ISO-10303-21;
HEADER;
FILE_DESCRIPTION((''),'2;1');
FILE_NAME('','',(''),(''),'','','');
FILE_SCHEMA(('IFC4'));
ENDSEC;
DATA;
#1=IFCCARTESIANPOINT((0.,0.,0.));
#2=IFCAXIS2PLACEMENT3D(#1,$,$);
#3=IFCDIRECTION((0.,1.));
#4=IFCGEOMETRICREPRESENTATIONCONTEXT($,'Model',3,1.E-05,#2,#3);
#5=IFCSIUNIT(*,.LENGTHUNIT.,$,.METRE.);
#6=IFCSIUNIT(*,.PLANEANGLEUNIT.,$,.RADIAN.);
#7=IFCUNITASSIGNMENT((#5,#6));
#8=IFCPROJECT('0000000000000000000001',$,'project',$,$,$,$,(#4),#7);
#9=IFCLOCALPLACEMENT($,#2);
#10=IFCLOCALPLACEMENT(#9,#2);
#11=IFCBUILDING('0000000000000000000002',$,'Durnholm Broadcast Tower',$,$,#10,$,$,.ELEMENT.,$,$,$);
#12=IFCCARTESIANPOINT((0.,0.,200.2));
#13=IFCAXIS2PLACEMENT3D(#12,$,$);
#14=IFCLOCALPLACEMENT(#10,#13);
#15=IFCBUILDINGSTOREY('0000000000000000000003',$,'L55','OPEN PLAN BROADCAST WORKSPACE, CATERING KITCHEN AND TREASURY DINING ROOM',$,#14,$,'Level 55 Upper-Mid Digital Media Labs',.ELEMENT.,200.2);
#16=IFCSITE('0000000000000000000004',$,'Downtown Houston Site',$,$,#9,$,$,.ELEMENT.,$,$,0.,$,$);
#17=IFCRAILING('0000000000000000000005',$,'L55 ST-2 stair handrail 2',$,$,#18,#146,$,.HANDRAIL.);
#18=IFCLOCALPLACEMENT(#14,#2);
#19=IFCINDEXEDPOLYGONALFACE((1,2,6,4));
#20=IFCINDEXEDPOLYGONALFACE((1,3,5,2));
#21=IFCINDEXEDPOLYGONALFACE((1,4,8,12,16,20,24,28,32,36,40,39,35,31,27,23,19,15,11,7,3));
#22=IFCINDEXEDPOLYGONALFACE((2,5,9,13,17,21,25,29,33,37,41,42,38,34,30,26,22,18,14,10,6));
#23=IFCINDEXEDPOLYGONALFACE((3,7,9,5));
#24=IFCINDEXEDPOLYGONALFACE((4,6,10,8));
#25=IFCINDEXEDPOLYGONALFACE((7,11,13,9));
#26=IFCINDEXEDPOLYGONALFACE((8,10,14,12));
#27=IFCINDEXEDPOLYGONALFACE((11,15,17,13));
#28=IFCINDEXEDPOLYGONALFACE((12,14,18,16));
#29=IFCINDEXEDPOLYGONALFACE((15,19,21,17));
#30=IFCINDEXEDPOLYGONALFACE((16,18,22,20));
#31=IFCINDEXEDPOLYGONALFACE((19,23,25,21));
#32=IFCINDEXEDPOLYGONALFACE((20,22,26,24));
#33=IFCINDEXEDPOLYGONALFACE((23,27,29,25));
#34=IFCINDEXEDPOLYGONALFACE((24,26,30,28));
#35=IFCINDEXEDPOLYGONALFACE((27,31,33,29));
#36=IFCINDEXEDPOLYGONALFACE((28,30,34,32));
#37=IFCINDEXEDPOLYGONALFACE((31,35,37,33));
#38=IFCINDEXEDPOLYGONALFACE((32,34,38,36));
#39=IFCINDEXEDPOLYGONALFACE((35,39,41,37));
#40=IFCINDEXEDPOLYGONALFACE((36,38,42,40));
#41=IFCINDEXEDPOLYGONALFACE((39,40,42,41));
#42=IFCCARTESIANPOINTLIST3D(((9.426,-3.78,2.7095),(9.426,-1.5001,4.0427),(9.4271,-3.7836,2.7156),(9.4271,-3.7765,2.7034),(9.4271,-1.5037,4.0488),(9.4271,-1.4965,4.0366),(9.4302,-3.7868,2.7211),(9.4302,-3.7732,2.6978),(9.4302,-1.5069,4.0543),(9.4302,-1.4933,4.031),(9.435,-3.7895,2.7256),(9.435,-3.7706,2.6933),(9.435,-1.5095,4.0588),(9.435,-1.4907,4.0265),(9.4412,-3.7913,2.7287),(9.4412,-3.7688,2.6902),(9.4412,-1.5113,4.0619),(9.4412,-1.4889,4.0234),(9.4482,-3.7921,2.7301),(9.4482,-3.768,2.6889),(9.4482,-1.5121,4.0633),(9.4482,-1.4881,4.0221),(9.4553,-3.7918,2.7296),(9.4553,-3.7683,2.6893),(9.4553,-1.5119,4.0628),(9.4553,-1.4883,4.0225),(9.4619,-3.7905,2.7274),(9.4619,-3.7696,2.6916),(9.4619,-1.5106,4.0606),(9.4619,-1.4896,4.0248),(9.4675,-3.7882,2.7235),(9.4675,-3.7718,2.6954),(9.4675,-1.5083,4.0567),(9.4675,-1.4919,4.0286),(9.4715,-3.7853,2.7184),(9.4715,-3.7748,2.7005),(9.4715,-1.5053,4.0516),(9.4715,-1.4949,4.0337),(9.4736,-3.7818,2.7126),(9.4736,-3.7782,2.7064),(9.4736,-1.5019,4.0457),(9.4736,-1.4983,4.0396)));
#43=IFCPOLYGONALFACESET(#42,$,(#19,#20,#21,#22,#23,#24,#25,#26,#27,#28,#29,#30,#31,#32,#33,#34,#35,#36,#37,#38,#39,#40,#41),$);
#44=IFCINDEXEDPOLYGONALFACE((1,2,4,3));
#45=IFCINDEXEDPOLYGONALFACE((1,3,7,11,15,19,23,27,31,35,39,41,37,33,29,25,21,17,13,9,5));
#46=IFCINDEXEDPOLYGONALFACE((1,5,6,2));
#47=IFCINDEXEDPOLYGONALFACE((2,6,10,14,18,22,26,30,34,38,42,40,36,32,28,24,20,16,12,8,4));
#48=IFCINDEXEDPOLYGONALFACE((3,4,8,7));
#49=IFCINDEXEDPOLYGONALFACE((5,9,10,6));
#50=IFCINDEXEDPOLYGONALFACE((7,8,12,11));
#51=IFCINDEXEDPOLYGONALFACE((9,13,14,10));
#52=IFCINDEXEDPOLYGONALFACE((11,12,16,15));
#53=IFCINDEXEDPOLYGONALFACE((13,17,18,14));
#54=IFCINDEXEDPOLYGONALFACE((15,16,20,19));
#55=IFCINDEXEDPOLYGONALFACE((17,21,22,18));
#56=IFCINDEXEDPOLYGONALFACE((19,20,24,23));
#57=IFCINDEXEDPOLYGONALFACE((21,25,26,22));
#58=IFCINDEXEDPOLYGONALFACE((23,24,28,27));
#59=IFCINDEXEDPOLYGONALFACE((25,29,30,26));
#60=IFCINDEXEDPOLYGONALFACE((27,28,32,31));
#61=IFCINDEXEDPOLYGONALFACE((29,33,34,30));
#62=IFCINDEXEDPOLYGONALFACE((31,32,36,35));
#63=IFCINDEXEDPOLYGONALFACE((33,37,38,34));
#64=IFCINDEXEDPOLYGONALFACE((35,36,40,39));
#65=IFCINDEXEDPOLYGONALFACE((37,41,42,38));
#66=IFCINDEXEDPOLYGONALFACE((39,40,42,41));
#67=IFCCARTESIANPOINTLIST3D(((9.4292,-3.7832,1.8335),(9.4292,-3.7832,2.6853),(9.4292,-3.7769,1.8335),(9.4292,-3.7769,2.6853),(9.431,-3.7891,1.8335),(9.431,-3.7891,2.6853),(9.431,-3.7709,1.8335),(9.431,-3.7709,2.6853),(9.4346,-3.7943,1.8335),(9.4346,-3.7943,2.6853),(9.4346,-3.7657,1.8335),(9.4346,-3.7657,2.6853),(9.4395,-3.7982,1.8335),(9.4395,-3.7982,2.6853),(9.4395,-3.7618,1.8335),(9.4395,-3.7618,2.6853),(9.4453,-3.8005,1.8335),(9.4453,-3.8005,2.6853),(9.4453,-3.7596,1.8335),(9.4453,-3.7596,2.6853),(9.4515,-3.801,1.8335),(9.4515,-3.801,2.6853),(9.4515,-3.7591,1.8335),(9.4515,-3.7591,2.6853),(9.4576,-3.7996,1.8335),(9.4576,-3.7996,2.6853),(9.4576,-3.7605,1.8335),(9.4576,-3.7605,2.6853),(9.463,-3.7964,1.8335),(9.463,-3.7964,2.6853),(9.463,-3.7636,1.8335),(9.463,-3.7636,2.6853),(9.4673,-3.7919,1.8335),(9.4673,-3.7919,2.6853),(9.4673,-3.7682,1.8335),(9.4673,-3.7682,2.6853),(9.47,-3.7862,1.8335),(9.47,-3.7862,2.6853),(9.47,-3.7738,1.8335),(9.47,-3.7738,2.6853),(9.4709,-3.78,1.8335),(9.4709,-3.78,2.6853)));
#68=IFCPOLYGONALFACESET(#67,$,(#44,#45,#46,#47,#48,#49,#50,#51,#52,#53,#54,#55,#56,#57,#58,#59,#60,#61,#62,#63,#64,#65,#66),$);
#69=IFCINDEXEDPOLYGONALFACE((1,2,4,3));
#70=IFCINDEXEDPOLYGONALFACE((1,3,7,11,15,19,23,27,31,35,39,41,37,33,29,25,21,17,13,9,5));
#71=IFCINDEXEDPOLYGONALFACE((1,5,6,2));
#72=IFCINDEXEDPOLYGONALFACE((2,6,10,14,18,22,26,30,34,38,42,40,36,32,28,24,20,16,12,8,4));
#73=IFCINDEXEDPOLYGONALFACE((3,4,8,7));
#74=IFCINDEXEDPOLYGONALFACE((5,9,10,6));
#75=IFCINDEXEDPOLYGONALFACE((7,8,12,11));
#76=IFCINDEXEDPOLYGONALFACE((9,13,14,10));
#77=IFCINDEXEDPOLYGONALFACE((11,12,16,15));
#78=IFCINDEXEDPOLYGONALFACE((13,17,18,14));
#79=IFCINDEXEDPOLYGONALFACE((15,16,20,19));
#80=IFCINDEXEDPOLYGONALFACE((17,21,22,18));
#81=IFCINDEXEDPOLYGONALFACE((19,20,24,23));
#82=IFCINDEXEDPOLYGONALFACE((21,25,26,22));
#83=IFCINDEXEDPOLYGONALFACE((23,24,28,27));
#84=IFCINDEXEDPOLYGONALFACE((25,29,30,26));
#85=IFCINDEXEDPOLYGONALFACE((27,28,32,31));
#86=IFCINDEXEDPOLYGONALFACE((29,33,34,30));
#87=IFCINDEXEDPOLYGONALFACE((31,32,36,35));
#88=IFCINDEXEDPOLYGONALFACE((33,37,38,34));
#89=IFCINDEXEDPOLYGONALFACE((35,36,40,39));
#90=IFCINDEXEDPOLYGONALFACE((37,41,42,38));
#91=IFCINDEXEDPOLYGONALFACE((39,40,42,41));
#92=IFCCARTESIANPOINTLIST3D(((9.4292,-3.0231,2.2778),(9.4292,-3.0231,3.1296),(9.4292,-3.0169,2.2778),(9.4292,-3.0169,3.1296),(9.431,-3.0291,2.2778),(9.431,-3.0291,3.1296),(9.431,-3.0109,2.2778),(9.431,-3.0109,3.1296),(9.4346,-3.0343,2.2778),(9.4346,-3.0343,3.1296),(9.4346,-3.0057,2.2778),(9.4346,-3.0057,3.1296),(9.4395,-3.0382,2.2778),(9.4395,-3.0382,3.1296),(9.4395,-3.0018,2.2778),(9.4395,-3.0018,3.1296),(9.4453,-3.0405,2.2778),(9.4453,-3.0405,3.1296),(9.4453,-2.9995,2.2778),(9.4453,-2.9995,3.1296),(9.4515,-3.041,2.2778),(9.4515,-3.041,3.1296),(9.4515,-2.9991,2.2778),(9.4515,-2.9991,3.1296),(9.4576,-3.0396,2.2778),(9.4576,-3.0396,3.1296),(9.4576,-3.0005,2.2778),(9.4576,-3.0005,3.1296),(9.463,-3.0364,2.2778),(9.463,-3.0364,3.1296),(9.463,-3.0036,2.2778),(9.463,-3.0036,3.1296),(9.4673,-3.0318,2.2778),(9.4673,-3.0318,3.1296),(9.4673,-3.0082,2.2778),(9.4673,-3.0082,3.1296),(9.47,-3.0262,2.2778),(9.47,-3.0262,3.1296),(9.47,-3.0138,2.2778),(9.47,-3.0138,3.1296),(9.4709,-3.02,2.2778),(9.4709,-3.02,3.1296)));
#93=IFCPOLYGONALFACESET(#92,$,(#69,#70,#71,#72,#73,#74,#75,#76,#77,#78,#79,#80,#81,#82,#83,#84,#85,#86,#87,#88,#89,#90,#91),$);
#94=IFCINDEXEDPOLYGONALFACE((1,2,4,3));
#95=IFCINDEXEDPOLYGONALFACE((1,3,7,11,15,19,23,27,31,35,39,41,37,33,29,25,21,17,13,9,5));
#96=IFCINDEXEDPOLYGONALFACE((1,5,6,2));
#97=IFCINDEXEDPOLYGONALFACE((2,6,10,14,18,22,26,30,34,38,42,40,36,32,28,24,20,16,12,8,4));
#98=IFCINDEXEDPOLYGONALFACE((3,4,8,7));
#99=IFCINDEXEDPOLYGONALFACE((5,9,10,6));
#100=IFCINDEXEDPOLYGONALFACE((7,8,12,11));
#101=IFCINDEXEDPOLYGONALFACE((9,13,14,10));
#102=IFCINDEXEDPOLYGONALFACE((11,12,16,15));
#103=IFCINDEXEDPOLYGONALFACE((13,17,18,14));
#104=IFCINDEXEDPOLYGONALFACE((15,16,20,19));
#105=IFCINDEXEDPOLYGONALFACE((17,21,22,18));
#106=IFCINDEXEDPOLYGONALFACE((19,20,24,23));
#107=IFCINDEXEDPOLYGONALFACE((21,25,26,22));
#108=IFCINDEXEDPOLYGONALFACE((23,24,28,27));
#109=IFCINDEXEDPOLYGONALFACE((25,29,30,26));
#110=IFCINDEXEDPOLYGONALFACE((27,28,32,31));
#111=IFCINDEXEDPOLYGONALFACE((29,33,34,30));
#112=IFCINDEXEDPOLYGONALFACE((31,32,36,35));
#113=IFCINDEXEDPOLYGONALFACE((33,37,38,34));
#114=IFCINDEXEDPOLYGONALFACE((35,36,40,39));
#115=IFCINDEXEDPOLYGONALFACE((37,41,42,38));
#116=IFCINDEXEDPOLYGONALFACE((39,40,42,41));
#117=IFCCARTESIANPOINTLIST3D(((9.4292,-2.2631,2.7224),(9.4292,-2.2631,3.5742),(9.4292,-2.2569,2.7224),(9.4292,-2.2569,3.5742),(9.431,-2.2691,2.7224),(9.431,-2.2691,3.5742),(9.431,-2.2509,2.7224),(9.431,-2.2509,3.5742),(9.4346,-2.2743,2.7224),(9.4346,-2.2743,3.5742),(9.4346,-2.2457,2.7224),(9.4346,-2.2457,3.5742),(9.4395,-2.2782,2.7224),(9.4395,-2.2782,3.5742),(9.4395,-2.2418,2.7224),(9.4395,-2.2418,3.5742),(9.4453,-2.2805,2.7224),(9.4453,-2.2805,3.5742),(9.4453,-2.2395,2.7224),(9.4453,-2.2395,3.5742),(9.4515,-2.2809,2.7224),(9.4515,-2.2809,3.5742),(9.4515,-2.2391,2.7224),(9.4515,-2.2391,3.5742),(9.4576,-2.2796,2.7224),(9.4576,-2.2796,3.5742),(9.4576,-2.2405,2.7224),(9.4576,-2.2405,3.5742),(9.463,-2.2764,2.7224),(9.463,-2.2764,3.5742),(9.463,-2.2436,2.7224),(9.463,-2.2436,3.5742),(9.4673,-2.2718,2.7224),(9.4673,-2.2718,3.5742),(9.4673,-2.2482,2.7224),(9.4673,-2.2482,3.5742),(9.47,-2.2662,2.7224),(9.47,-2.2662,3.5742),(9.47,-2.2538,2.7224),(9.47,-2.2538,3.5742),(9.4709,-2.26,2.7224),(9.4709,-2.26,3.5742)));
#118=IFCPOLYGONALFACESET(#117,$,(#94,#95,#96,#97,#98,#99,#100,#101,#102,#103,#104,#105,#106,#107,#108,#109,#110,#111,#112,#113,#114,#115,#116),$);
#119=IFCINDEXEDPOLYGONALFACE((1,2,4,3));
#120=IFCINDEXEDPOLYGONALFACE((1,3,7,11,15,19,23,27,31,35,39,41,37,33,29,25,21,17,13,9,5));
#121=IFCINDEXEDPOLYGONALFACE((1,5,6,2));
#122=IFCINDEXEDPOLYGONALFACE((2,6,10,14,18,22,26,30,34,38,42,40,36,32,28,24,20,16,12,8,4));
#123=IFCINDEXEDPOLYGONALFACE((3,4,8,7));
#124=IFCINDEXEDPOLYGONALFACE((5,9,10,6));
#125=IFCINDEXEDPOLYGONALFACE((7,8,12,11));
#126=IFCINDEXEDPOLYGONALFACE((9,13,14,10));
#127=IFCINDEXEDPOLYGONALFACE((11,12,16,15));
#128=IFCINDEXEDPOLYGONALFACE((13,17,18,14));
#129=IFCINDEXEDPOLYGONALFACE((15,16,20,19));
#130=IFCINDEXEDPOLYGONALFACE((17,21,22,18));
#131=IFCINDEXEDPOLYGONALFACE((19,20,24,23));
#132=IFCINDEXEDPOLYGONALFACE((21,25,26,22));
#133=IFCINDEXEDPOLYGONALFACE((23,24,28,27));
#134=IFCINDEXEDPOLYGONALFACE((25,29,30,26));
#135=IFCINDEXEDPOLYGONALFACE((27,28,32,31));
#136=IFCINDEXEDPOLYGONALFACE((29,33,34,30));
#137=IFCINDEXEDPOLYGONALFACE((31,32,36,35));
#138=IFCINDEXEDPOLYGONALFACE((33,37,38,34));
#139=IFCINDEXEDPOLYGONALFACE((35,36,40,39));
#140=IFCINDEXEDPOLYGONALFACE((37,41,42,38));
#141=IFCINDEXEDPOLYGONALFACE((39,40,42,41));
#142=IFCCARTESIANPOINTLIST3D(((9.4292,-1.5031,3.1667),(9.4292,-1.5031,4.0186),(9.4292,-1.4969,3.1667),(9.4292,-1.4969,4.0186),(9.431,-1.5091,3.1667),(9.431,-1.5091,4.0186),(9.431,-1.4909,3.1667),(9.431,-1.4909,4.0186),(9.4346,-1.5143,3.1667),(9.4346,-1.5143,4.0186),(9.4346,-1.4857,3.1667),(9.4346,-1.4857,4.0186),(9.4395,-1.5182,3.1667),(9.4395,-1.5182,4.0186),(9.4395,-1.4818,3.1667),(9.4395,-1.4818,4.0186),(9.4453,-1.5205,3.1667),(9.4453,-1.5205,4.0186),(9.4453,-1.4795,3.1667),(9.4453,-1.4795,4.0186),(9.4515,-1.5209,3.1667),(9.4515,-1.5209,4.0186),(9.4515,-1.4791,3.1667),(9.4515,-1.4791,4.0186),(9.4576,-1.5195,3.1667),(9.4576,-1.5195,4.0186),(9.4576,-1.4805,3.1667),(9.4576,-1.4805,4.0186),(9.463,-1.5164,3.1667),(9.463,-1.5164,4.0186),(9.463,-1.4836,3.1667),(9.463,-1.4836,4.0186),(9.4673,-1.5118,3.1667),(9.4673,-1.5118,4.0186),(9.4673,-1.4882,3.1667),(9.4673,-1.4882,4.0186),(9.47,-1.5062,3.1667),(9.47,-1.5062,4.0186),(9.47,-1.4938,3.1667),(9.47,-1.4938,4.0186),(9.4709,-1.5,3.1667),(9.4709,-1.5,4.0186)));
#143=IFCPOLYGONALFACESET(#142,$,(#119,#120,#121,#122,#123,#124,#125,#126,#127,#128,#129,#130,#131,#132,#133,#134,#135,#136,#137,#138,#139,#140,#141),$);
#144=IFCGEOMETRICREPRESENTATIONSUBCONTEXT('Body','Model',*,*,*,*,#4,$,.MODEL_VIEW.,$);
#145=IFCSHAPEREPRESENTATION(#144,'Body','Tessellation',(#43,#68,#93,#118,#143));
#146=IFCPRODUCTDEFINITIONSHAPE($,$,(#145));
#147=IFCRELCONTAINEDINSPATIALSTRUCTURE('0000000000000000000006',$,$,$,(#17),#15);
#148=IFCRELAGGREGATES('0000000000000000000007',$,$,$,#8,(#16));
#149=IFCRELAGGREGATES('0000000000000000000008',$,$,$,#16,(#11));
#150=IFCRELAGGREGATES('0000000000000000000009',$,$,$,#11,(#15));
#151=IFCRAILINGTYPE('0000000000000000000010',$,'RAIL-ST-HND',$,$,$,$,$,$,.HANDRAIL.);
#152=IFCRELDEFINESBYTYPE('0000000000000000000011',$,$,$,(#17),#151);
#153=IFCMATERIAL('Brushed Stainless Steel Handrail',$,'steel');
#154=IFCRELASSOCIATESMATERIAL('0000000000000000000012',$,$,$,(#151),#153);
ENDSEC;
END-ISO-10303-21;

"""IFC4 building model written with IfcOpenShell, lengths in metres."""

from ifc_helpers import new_model, si_unit, direction, frame, origin, origin_2d, place, context, subcontext, project, spatial, circle, extrude, material, type_object, element, save


model = new_model("IFC4")

# Units and contexts
model_context = context("Model", 3, precision=1e-05, world=origin(), true_north=direction((0.0, 1.0)))
body_context = subcontext(model_context, "Body", "Model", "MODEL_VIEW")
ifc_project = project(units=[si_unit("LENGTHUNIT", "METRE"), si_unit("PLANEANGLEUNIT", "RADIAN")], contexts=[model_context])

# Site, building, storey
site_placement = place(None, origin())
site = spatial("IfcSite", under=ifc_project, at=site_placement, Name="Downtown Houston Site", CompositionType="ELEMENT", RefElevation=0.0)
building_placement = place(site_placement, origin())
building = spatial("IfcBuilding", under=site, at=building_placement, Name="Durnholm Broadcast Tower", CompositionType="ELEMENT")
storey_placement = place(building_placement, frame((0.0, 0.0, 200.2)))
storey = spatial("IfcBuildingStorey", under=building, at=storey_placement, Name="L55", Description="OPEN PLAN BROADCAST WORKSPACE, CATERING KITCHEN AND TREASURY DINING ROOM", LongName="Level 55 Upper-Mid Digital Media Labs", CompositionType="ELEMENT", Elevation=200.2)

# Railing
ifc_material_1 = material(Name="Brushed Stainless Steel Handrail", Category="steel")
railing_type_1 = type_object("IfcRailingType", Name="RAIL-ST-HND", PredefinedType="HANDRAIL", material=ifc_material_1)
railing_1_placement = place(storey_placement, frame((9.45, -3.78, 1.8335)))
element("IfcRailing", 1, at=railing_1_placement, inside=storey, type_object=railing_type_1, Name="L55 ST-2 stair handrail 2", PredefinedType="HANDRAIL", context=body_context, shape_type="SweptSolid", body=[
    extrude(circle(Radius=0.0239, at=origin_2d()), frame((0.0, 0.0, 0.876), z_axis=(0.0, 0.863245, 0.504785), x_axis=(-1.0, 0.0, 0.0)), (0.0, 0.0, 1.0), 2.6411),
    extrude(circle(Radius=0.021, at=origin_2d()), origin(), (0.0, 0.0, 1.0), 0.8518),
    extrude(circle(Radius=0.021, at=origin_2d()), frame((0.0, 0.76, 0.4443)), (0.0, 0.0, 1.0), 0.8518),
    extrude(circle(Radius=0.021, at=origin_2d()), frame((0.0, 1.52, 0.8889)), (0.0, 0.0, 1.0), 0.8518),
    extrude(circle(Radius=0.021, at=origin_2d()), frame((0.0, 2.28, 1.3333)), (0.0, 0.0, 1.0), 0.8518),
])

save(model, "model.ifc")
